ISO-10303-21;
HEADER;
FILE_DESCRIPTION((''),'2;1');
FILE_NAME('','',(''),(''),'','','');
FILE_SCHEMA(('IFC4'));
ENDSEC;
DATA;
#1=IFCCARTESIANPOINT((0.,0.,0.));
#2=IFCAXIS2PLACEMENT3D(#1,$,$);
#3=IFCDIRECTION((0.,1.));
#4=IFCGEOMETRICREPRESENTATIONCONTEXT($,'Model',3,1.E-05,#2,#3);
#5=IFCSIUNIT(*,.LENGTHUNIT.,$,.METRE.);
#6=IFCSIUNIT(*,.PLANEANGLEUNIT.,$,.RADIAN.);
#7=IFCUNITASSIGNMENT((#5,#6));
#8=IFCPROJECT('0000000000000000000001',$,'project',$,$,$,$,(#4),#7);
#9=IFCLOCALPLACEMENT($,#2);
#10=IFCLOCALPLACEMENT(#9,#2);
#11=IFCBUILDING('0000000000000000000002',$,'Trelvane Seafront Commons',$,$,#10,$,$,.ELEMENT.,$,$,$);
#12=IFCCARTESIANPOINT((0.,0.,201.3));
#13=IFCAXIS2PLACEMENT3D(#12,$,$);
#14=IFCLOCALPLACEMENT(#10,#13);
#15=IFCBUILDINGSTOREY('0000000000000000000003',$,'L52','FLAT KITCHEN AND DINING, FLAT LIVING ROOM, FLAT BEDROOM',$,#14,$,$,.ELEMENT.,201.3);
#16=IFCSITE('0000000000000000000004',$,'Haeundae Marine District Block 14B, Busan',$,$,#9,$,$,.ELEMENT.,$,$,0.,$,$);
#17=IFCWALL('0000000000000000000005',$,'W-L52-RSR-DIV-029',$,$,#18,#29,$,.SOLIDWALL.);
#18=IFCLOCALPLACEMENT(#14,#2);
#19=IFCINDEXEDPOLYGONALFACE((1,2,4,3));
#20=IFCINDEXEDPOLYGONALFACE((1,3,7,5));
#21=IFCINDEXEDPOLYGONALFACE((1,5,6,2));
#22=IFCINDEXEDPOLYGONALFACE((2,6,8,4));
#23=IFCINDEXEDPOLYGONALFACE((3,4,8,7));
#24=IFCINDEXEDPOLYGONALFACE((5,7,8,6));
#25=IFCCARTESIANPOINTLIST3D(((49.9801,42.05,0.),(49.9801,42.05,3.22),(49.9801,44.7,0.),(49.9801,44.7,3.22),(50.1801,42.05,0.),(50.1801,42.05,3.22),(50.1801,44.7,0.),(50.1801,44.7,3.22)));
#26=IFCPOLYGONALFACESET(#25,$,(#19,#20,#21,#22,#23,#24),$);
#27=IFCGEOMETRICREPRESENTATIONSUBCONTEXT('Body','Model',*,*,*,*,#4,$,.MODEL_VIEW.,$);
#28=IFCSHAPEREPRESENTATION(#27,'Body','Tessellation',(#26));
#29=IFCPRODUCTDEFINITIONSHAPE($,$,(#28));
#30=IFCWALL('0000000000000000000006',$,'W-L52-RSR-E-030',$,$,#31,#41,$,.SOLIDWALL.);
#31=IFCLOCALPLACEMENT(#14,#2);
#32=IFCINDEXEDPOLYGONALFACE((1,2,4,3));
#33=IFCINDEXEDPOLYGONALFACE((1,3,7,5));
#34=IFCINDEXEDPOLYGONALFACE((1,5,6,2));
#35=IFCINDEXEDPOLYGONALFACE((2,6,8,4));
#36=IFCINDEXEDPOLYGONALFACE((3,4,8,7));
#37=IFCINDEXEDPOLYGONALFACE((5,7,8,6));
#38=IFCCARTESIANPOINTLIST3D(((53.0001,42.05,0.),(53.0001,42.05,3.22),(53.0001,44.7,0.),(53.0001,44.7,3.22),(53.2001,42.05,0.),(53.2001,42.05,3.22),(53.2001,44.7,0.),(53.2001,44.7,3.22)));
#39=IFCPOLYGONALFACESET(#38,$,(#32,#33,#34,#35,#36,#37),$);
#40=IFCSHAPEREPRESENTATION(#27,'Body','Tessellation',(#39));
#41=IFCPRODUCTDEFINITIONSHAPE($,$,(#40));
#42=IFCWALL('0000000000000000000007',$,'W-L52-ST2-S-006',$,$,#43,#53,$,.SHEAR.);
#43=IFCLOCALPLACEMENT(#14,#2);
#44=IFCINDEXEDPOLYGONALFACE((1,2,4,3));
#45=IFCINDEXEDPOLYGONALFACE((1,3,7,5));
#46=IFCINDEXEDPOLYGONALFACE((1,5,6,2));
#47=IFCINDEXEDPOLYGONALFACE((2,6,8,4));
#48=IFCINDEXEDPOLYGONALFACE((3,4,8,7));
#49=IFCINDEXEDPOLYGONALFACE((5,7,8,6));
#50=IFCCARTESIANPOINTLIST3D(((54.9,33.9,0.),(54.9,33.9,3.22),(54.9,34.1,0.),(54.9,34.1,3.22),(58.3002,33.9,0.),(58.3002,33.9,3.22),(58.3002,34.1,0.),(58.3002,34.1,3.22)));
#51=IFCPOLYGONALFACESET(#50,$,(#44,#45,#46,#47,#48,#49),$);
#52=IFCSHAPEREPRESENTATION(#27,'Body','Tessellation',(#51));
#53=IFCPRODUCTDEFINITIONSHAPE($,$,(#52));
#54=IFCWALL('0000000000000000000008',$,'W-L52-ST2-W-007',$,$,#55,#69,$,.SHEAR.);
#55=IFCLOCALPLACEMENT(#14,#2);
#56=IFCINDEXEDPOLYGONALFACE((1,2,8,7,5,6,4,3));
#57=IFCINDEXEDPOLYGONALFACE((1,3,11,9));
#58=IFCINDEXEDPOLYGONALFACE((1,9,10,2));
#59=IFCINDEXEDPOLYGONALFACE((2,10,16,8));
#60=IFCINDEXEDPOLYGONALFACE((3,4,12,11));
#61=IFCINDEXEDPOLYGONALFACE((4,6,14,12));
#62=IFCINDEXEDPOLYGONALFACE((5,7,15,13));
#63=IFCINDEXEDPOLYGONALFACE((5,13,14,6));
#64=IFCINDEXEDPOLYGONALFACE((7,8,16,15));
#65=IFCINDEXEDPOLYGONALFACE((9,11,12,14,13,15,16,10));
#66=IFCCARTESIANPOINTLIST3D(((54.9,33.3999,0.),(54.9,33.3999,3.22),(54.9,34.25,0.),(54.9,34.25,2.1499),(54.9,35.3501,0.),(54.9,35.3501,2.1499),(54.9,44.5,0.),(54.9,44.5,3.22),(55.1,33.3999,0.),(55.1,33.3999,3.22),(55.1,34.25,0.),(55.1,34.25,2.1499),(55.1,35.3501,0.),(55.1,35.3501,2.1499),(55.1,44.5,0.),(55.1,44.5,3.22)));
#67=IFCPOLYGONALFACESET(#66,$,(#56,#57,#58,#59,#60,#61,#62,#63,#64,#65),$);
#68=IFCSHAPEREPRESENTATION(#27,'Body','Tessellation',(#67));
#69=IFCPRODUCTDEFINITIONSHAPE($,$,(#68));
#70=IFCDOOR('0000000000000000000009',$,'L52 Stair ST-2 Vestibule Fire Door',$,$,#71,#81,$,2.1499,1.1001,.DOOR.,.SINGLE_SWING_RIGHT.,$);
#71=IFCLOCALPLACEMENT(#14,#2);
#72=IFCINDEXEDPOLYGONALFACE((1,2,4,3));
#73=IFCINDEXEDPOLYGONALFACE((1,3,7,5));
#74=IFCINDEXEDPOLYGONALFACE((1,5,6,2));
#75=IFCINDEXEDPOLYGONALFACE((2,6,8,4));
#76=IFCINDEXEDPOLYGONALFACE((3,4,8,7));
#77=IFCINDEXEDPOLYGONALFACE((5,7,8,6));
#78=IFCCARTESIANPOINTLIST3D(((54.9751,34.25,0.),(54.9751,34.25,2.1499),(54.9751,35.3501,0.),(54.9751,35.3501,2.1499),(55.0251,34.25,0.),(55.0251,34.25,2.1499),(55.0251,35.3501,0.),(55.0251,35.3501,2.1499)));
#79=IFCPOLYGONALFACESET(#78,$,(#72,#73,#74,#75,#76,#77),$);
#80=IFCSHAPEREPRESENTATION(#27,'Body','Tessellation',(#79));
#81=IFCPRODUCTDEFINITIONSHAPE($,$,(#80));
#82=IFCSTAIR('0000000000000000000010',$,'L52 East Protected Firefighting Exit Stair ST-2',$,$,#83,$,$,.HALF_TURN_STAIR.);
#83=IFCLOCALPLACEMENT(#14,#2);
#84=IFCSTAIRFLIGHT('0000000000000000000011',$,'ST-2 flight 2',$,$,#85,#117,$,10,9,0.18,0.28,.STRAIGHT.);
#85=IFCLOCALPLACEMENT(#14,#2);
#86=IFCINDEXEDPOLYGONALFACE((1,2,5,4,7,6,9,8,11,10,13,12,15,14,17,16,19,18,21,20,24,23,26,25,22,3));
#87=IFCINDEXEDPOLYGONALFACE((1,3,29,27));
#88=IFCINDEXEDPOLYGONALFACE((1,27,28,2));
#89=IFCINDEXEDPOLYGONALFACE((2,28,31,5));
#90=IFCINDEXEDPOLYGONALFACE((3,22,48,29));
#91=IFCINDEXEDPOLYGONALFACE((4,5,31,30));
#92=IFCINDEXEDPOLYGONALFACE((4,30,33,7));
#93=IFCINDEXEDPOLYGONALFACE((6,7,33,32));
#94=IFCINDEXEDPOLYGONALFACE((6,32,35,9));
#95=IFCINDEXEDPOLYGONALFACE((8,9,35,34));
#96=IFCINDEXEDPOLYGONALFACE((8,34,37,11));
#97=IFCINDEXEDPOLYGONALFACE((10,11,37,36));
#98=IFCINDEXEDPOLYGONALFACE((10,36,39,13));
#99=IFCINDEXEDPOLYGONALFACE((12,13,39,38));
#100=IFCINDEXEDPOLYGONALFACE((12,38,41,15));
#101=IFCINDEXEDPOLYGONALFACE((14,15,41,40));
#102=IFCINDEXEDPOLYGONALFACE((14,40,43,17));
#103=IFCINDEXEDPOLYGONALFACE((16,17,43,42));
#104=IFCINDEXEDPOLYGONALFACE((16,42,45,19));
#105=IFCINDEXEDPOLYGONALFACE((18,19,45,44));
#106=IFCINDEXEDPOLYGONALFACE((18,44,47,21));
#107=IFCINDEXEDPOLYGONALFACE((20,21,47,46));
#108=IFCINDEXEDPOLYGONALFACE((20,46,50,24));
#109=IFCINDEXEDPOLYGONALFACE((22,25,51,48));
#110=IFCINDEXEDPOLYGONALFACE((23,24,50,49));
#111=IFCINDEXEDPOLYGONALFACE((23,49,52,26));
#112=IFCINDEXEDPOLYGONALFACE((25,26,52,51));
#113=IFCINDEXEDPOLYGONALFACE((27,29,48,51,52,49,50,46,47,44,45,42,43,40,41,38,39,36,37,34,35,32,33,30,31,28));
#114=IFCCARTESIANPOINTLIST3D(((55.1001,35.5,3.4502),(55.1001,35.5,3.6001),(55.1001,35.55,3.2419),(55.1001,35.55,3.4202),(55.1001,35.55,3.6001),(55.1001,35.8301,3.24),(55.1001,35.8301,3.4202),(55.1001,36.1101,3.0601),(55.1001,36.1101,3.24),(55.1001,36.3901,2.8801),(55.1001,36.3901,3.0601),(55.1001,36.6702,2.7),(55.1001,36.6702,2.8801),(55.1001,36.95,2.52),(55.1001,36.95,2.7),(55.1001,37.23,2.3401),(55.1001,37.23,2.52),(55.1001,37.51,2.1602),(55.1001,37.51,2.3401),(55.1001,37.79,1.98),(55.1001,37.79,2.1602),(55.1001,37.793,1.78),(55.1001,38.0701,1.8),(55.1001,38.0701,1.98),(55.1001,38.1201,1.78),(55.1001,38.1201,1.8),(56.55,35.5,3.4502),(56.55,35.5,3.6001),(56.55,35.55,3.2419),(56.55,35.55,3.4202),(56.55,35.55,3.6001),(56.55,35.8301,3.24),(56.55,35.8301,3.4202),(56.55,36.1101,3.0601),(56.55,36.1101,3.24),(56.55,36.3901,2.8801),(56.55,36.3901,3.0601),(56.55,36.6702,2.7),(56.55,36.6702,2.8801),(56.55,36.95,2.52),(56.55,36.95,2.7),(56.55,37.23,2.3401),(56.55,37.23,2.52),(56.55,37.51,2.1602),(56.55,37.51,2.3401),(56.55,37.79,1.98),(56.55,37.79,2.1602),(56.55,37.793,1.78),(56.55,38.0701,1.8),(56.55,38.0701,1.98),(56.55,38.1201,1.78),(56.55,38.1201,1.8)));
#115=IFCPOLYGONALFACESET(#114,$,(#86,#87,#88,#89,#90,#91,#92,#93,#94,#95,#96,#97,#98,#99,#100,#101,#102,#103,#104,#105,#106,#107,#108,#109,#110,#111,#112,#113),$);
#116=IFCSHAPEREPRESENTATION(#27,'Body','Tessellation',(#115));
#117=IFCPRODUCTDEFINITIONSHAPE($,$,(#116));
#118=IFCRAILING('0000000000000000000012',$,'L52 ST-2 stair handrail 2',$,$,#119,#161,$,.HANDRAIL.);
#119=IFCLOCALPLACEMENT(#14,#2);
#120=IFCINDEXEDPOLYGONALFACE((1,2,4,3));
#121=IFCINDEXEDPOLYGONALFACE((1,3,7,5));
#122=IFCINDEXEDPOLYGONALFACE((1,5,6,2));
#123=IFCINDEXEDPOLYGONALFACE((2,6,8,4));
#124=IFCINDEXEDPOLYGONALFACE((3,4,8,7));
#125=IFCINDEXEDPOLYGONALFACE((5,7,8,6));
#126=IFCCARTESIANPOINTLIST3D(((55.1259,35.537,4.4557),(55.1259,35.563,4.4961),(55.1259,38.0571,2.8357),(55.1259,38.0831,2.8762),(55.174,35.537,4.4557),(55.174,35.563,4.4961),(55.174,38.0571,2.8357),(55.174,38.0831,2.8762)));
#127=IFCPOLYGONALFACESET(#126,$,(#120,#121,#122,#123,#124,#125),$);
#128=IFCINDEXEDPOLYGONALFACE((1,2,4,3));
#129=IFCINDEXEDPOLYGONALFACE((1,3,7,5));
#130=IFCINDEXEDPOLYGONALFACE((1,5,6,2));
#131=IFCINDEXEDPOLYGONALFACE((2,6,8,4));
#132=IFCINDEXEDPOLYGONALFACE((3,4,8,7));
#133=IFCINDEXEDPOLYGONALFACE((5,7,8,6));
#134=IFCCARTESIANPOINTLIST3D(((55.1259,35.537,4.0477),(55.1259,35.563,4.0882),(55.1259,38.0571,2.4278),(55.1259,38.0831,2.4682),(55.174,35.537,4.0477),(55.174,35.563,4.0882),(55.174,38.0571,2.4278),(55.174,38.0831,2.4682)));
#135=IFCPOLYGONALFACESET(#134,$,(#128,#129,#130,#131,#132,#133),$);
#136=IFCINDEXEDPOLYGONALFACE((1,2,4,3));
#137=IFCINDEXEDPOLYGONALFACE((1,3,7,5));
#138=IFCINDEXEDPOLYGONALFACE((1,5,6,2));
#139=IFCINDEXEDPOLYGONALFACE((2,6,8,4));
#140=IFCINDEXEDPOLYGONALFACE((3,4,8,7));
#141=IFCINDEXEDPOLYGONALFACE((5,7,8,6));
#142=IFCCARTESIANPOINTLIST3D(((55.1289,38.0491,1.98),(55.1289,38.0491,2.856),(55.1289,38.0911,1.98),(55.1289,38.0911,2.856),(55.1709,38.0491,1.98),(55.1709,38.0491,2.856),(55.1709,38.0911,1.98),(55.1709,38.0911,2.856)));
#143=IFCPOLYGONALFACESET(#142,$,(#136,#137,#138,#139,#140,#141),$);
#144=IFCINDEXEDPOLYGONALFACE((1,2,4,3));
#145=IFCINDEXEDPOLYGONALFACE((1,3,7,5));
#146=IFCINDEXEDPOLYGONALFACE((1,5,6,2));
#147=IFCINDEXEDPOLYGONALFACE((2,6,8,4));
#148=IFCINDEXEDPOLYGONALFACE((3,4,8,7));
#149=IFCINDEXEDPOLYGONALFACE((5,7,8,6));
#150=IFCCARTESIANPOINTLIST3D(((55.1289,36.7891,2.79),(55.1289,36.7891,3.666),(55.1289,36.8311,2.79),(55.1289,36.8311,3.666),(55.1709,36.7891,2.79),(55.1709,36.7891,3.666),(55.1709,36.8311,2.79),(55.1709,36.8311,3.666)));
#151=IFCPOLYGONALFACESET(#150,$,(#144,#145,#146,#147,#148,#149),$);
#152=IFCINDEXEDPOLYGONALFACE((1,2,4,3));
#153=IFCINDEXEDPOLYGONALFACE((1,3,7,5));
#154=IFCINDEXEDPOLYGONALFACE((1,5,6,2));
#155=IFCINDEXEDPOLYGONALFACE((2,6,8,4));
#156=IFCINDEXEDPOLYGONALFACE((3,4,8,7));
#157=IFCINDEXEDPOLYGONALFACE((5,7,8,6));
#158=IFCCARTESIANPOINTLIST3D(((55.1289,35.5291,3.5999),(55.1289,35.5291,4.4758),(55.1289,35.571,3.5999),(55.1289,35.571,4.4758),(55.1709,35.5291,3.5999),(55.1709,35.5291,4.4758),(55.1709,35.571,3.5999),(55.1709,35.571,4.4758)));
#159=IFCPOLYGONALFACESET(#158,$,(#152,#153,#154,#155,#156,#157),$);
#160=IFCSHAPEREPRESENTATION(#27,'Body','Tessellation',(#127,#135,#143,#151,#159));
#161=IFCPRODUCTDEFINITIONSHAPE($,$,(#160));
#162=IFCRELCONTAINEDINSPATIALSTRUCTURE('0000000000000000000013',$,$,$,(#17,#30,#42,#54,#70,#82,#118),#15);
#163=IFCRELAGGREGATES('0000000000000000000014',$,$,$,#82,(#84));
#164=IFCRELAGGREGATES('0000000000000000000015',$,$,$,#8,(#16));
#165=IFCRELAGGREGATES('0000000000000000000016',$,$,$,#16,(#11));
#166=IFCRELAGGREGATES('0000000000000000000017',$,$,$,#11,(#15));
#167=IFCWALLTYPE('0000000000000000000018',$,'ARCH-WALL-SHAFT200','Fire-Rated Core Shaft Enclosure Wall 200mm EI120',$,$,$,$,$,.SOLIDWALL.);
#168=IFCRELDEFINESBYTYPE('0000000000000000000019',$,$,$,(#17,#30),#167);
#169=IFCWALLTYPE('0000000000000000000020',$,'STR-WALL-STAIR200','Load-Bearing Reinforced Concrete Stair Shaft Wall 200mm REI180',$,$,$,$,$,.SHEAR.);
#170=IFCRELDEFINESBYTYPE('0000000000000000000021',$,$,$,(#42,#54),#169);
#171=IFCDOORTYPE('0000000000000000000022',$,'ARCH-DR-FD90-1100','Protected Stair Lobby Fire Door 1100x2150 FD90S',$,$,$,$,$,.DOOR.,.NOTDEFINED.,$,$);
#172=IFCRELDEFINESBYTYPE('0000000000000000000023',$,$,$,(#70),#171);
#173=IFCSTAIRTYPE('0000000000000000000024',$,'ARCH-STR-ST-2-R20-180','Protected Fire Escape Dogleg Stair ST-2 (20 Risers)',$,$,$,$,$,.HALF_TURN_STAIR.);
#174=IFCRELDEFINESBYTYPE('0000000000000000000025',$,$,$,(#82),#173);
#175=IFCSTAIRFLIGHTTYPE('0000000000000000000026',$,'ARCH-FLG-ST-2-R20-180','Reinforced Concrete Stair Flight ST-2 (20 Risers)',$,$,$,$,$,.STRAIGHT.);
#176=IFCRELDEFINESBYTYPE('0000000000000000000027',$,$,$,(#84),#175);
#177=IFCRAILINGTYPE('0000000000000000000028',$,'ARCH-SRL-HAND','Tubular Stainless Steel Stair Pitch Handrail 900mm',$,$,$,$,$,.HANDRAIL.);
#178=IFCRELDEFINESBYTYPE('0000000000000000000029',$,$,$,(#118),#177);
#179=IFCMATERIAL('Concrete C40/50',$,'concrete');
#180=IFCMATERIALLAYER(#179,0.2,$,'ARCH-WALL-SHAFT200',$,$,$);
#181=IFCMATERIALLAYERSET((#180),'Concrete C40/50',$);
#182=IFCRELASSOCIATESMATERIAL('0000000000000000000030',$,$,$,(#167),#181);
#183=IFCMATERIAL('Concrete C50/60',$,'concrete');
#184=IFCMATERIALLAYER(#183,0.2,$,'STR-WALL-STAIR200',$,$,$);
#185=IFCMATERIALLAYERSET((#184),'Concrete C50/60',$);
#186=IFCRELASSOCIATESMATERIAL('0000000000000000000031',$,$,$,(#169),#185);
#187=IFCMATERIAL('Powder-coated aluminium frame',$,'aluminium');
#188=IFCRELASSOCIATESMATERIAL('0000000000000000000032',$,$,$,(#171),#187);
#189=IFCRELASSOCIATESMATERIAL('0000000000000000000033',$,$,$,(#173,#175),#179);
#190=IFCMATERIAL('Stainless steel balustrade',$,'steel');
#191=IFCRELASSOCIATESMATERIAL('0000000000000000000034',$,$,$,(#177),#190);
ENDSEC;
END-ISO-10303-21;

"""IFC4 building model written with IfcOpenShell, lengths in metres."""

from ifc_helpers import new_model, si_unit, direction, frame, frame_2d, origin, origin_2d, place, context, subcontext, project, spatial, polyline, rectangle, outline, extrude, source, transform, mapped, material, layer, layer_set, type_object, element, fill, aggregate, save


model = new_model("IFC4")

# Units and contexts
model_context = context("Model", 3, precision=1e-05, world=origin(), true_north=direction((0.0, 1.0)))
body_context = subcontext(model_context, "Body", "Model", "MODEL_VIEW")
ifc_project = project(units=[si_unit("LENGTHUNIT", "METRE"), si_unit("PLANEANGLEUNIT", "RADIAN")], contexts=[model_context])

# Site, building, storey
site_placement = place(None, origin())
site = spatial("IfcSite", under=ifc_project, at=site_placement, Name="Haeundae Marine District Block 14B, Busan", CompositionType="ELEMENT", RefElevation=0.0)
building_placement = place(site_placement, origin())
building = spatial("IfcBuilding", under=site, at=building_placement, Name="Trelvane Seafront Commons", CompositionType="ELEMENT")
storey_placement = place(building_placement, frame((0.0, 0.0, 201.3)))
storey = spatial("IfcBuildingStorey", under=building, at=storey_placement, Name="L52", Description="FLAT KITCHEN AND DINING, FLAT LIVING ROOM, FLAT BEDROOM", CompositionType="ELEMENT", Elevation=201.3)

# Shared definitions
ifc_material_1 = material(Name="Concrete C50/60", Category="concrete")

# Shared definitions
ifc_material_2 = material(Name="Concrete C40/50", Category="concrete")
ifc_material_3 = material(Name="Powder-coated aluminium frame", Category="aluminium")

# Walls
ifc_layer_1 = layer(ifc_material_2, 0.2, Name="ARCH-WALL-SHAFT200")
ifc_layer_set_1 = layer_set([ifc_layer_1], Name="Concrete C40/50")
wall_type_1 = type_object("IfcWallType", Name="ARCH-WALL-SHAFT200", Description="Fire-Rated Core Shaft Enclosure Wall 200mm EI120", PredefinedType="SOLIDWALL", material=ifc_layer_set_1)
for number, where, z_axis, x_axis, name in (
    (1, (50.0801, 42.05, 0.0), (0.0, 0.0, 1.0), (0.0, 1.0, 0.0), "W-L52-RSR-DIV-029"),
    (2, (53.1001, 42.05, 0.0), (0.0, 0.0, 1.0), (0.0, 1.0, 0.0), "W-L52-RSR-E-030"),
):
    element("IfcWall", number, at=place(storey_placement, frame(where, z_axis=z_axis, x_axis=x_axis)), inside=storey, type_object=wall_type_1, Name=name, PredefinedType="SOLIDWALL", context=body_context, shape_type="SweptSolid", body=[
        extrude(rectangle(XDim=2.6499, YDim=0.2, at=frame_2d((1.325, 0.0))), origin(), (0.0, 0.0, 1.0), 3.22),
    ])
ifc_layer_2 = layer(ifc_material_1, 0.2, Name="STR-WALL-STAIR200")
ifc_layer_set_2 = layer_set([ifc_layer_2], Name="Concrete C50/60")
wall_type_2 = type_object("IfcWallType", Name="STR-WALL-STAIR200", Description="Load-Bearing Reinforced Concrete Stair Shaft Wall 200mm REI180", PredefinedType="SHEAR", material=ifc_layer_set_2)
wall_1_placement = place(storey_placement, frame((54.8999, 34.0, 0.0), z_axis=(0.0, 0.0, 1.0), x_axis=(1.0, 0.0, 0.0)))
element("IfcWall", 3, at=wall_1_placement, inside=storey, type_object=wall_type_2, Name="W-L52-ST2-S-006", PredefinedType="SHEAR", context=body_context, shape_type="SweptSolid", body=[
    extrude(rectangle(XDim=3.4001, YDim=0.2, at=frame_2d((1.7002, 0.0))), origin(), (0.0, 0.0, 1.0), 3.22),
])

# Wall, opening, door
wall_2_placement = place(storey_placement, frame((55.0, 33.3999, 0.0), z_axis=(0.0, 0.0, 1.0), x_axis=(0.0, 1.0, 0.0)))
wall_2 = element("IfcWall", 4, at=wall_2_placement, inside=storey, type_object=wall_type_2, Name="W-L52-ST2-W-007", PredefinedType="SHEAR", context=body_context, shape_type="SweptSolid", body=[
    extrude(rectangle(XDim=11.1001, YDim=0.2, at=frame_2d((5.55, 0.0))), origin(), (0.0, 0.0, 1.0), 3.22),
])
opening_1_placement = place(wall_2_placement, frame((0.8501, 0.0, 0.0)))
opening_1 = element("IfcOpeningElement", 5, at=opening_1_placement, cuts=wall_2, PredefinedType="OPENING", context=body_context, shape_type="SweptSolid", body=[
    extrude(rectangle(XDim=1.1001, YDim=2.1499, at=frame_2d((0.55, 1.075))), frame((0.0, 0.1099, 0.0), z_axis=(0.0, -1.0, 0.0), x_axis=(1.0, 0.0, 0.0)), (0.0, 0.0, 1.0), 0.22),
])
door_type_1 = type_object("IfcDoorType", Name="ARCH-DR-FD90-1100", Description="Protected Stair Lobby Fire Door 1100x2150 FD90S", OperationType="NOTDEFINED", PredefinedType="DOOR", material=ifc_material_3)
shared_shape_1 = source(origin(), body_context, "Body", "SweptSolid", [
    extrude(rectangle(XDim=1.1001, YDim=2.1499, at=frame_2d((0.55, 1.075))), frame((0.0, 0.0249, 0.0), z_axis=(0.0, -1.0, 0.0), x_axis=(1.0, 0.0, 0.0)), (0.0, 0.0, 1.0), 0.05),
])
door_1_placement = place(opening_1_placement, origin())
door_1 = element("IfcDoor", 6, at=door_1_placement, inside=storey, type_object=door_type_1, Name="L52 Stair ST-2 Vestibule Fire Door", OperationType="SINGLE_SWING_RIGHT", OverallHeight=2.1499, OverallWidth=1.1001, PredefinedType="DOOR", context=body_context, shape_type="MappedRepresentation", body=[
    mapped(shared_shape_1, transform((0.0, 0.0, 0.0), x_axis=(1.0, 0.0, 0.0), y_axis=(0.0, 1.0, 0.0), z_axis=(0.0, 0.0, 1.0), scale=1.0)),
])
fill(opening_1, door_1)

# Stair, stair flight
stair_type = type_object("IfcStairType", Name="ARCH-STR-ST-2-R20-180", Description="Protected Fire Escape Dogleg Stair ST-2 (20 Risers)", PredefinedType="HALF_TURN_STAIR", material=ifc_material_2)
stair_placement = place(storey_placement, origin())
stair = element("IfcStair", 7, at=stair_placement, inside=storey, type_object=stair_type, Name="L52 East Protected Firefighting Exit Stair ST-2", PredefinedType="HALF_TURN_STAIR")
stair_flight_type = type_object("IfcStairFlightType", Name="ARCH-FLG-ST-2-R20-180", Description="Reinforced Concrete Stair Flight ST-2 (20 Risers)", PredefinedType="STRAIGHT", material=ifc_material_2)
shared_shape_2 = source(origin(), body_context, "Body", "SweptSolid", [
    extrude(outline(polyline([(-0.05, -0.02), (-0.05, 0.0), (0.0, 0.0), (0.0, 0.1799), (0.28, 0.1799), (0.28, 0.3601), (0.5601, 0.3601), (0.5601, 0.54), (0.8401, 0.54), (0.8401, 0.72), (1.1201, 0.72), (1.1201, 0.8999), (1.3999, 0.8999), (1.3999, 1.0801), (1.6799, 1.0801), (1.6799, 1.26), (1.96, 1.26), (1.96, 1.4399), (2.24, 1.4399), (2.24, 1.6201), (2.52, 1.6201), (2.52, 1.8), (2.5701, 1.8), (2.5701, 1.6501), (2.52, 1.4419), (0.2771, -0.02), (-0.05, -0.02)])), frame((0.0, 0.7251, 0.0), z_axis=(0.0, -1.0, 0.0), x_axis=(1.0, 0.0, 0.0)), (0.0, 0.0, 1.0), 1.45),
])
stair_flight_placement = place(storey_placement, frame((55.825, 38.0701, 1.8), z_axis=(0.0, 0.0, 1.0), x_axis=(0.0, -1.0, 0.0)))
stair_flight = element("IfcStairFlight", 8, at=stair_flight_placement, type_object=stair_flight_type, Name="ST-2 flight 2", NumberOfRisers=10, NumberOfTreads=9, PredefinedType="STRAIGHT", RiserHeight=0.18, TreadLength=0.28, context=body_context, shape_type="MappedRepresentation", body=[
    mapped(shared_shape_2, transform((0.0, 0.0, 0.0), x_axis=(1.0, 0.0, 0.0), y_axis=(0.0, 1.0, 0.0), z_axis=(0.0, 0.0, 1.0), scale=1.0)),
])
aggregate(stair, [stair_flight])

# Railing
ifc_material_4 = material(Name="Stainless steel balustrade", Category="steel")
railing_type = type_object("IfcRailingType", Name="ARCH-SRL-HAND", Description="Tubular Stainless Steel Stair Pitch Handrail 900mm", PredefinedType="HANDRAIL", material=ifc_material_4)
railing_placement = place(storey_placement, frame((55.1499, 38.0701, 1.98)))
element("IfcRailing", 9, at=railing_placement, inside=storey, type_object=railing_type, Name="L52 ST-2 stair handrail 2", PredefinedType="HANDRAIL", context=body_context, shape_type="SweptSolid", body=[
    extrude(rectangle(XDim=0.0481, YDim=0.0481, at=origin_2d()), frame((0.0, 0.0, 0.876), z_axis=(0.0, -0.8412, 0.540725), x_axis=(1.0, 0.0, 0.0)), (0.0, 0.0, 1.0), 2.9958),
    extrude(rectangle(XDim=0.0481, YDim=0.0481, at=origin_2d()), frame((0.0, 0.0, 0.468), z_axis=(0.0, -0.8412, 0.540725), x_axis=(1.0, 0.0, 0.0)), (0.0, 0.0, 1.0), 2.9958),
    extrude(rectangle(XDim=0.042, YDim=0.042, at=origin_2d()), origin(), (0.0, 0.0, 1.0), 0.876),
    extrude(rectangle(XDim=0.042, YDim=0.042, at=origin_2d()), frame((0.0, -1.26, 0.8101)), (0.0, 0.0, 1.0), 0.876),
    extrude(rectangle(XDim=0.042, YDim=0.042, at=origin_2d()), frame((0.0, -2.52, 1.6199)), (0.0, 0.0, 1.0), 0.876),
])

save(model, "model.ifc")
